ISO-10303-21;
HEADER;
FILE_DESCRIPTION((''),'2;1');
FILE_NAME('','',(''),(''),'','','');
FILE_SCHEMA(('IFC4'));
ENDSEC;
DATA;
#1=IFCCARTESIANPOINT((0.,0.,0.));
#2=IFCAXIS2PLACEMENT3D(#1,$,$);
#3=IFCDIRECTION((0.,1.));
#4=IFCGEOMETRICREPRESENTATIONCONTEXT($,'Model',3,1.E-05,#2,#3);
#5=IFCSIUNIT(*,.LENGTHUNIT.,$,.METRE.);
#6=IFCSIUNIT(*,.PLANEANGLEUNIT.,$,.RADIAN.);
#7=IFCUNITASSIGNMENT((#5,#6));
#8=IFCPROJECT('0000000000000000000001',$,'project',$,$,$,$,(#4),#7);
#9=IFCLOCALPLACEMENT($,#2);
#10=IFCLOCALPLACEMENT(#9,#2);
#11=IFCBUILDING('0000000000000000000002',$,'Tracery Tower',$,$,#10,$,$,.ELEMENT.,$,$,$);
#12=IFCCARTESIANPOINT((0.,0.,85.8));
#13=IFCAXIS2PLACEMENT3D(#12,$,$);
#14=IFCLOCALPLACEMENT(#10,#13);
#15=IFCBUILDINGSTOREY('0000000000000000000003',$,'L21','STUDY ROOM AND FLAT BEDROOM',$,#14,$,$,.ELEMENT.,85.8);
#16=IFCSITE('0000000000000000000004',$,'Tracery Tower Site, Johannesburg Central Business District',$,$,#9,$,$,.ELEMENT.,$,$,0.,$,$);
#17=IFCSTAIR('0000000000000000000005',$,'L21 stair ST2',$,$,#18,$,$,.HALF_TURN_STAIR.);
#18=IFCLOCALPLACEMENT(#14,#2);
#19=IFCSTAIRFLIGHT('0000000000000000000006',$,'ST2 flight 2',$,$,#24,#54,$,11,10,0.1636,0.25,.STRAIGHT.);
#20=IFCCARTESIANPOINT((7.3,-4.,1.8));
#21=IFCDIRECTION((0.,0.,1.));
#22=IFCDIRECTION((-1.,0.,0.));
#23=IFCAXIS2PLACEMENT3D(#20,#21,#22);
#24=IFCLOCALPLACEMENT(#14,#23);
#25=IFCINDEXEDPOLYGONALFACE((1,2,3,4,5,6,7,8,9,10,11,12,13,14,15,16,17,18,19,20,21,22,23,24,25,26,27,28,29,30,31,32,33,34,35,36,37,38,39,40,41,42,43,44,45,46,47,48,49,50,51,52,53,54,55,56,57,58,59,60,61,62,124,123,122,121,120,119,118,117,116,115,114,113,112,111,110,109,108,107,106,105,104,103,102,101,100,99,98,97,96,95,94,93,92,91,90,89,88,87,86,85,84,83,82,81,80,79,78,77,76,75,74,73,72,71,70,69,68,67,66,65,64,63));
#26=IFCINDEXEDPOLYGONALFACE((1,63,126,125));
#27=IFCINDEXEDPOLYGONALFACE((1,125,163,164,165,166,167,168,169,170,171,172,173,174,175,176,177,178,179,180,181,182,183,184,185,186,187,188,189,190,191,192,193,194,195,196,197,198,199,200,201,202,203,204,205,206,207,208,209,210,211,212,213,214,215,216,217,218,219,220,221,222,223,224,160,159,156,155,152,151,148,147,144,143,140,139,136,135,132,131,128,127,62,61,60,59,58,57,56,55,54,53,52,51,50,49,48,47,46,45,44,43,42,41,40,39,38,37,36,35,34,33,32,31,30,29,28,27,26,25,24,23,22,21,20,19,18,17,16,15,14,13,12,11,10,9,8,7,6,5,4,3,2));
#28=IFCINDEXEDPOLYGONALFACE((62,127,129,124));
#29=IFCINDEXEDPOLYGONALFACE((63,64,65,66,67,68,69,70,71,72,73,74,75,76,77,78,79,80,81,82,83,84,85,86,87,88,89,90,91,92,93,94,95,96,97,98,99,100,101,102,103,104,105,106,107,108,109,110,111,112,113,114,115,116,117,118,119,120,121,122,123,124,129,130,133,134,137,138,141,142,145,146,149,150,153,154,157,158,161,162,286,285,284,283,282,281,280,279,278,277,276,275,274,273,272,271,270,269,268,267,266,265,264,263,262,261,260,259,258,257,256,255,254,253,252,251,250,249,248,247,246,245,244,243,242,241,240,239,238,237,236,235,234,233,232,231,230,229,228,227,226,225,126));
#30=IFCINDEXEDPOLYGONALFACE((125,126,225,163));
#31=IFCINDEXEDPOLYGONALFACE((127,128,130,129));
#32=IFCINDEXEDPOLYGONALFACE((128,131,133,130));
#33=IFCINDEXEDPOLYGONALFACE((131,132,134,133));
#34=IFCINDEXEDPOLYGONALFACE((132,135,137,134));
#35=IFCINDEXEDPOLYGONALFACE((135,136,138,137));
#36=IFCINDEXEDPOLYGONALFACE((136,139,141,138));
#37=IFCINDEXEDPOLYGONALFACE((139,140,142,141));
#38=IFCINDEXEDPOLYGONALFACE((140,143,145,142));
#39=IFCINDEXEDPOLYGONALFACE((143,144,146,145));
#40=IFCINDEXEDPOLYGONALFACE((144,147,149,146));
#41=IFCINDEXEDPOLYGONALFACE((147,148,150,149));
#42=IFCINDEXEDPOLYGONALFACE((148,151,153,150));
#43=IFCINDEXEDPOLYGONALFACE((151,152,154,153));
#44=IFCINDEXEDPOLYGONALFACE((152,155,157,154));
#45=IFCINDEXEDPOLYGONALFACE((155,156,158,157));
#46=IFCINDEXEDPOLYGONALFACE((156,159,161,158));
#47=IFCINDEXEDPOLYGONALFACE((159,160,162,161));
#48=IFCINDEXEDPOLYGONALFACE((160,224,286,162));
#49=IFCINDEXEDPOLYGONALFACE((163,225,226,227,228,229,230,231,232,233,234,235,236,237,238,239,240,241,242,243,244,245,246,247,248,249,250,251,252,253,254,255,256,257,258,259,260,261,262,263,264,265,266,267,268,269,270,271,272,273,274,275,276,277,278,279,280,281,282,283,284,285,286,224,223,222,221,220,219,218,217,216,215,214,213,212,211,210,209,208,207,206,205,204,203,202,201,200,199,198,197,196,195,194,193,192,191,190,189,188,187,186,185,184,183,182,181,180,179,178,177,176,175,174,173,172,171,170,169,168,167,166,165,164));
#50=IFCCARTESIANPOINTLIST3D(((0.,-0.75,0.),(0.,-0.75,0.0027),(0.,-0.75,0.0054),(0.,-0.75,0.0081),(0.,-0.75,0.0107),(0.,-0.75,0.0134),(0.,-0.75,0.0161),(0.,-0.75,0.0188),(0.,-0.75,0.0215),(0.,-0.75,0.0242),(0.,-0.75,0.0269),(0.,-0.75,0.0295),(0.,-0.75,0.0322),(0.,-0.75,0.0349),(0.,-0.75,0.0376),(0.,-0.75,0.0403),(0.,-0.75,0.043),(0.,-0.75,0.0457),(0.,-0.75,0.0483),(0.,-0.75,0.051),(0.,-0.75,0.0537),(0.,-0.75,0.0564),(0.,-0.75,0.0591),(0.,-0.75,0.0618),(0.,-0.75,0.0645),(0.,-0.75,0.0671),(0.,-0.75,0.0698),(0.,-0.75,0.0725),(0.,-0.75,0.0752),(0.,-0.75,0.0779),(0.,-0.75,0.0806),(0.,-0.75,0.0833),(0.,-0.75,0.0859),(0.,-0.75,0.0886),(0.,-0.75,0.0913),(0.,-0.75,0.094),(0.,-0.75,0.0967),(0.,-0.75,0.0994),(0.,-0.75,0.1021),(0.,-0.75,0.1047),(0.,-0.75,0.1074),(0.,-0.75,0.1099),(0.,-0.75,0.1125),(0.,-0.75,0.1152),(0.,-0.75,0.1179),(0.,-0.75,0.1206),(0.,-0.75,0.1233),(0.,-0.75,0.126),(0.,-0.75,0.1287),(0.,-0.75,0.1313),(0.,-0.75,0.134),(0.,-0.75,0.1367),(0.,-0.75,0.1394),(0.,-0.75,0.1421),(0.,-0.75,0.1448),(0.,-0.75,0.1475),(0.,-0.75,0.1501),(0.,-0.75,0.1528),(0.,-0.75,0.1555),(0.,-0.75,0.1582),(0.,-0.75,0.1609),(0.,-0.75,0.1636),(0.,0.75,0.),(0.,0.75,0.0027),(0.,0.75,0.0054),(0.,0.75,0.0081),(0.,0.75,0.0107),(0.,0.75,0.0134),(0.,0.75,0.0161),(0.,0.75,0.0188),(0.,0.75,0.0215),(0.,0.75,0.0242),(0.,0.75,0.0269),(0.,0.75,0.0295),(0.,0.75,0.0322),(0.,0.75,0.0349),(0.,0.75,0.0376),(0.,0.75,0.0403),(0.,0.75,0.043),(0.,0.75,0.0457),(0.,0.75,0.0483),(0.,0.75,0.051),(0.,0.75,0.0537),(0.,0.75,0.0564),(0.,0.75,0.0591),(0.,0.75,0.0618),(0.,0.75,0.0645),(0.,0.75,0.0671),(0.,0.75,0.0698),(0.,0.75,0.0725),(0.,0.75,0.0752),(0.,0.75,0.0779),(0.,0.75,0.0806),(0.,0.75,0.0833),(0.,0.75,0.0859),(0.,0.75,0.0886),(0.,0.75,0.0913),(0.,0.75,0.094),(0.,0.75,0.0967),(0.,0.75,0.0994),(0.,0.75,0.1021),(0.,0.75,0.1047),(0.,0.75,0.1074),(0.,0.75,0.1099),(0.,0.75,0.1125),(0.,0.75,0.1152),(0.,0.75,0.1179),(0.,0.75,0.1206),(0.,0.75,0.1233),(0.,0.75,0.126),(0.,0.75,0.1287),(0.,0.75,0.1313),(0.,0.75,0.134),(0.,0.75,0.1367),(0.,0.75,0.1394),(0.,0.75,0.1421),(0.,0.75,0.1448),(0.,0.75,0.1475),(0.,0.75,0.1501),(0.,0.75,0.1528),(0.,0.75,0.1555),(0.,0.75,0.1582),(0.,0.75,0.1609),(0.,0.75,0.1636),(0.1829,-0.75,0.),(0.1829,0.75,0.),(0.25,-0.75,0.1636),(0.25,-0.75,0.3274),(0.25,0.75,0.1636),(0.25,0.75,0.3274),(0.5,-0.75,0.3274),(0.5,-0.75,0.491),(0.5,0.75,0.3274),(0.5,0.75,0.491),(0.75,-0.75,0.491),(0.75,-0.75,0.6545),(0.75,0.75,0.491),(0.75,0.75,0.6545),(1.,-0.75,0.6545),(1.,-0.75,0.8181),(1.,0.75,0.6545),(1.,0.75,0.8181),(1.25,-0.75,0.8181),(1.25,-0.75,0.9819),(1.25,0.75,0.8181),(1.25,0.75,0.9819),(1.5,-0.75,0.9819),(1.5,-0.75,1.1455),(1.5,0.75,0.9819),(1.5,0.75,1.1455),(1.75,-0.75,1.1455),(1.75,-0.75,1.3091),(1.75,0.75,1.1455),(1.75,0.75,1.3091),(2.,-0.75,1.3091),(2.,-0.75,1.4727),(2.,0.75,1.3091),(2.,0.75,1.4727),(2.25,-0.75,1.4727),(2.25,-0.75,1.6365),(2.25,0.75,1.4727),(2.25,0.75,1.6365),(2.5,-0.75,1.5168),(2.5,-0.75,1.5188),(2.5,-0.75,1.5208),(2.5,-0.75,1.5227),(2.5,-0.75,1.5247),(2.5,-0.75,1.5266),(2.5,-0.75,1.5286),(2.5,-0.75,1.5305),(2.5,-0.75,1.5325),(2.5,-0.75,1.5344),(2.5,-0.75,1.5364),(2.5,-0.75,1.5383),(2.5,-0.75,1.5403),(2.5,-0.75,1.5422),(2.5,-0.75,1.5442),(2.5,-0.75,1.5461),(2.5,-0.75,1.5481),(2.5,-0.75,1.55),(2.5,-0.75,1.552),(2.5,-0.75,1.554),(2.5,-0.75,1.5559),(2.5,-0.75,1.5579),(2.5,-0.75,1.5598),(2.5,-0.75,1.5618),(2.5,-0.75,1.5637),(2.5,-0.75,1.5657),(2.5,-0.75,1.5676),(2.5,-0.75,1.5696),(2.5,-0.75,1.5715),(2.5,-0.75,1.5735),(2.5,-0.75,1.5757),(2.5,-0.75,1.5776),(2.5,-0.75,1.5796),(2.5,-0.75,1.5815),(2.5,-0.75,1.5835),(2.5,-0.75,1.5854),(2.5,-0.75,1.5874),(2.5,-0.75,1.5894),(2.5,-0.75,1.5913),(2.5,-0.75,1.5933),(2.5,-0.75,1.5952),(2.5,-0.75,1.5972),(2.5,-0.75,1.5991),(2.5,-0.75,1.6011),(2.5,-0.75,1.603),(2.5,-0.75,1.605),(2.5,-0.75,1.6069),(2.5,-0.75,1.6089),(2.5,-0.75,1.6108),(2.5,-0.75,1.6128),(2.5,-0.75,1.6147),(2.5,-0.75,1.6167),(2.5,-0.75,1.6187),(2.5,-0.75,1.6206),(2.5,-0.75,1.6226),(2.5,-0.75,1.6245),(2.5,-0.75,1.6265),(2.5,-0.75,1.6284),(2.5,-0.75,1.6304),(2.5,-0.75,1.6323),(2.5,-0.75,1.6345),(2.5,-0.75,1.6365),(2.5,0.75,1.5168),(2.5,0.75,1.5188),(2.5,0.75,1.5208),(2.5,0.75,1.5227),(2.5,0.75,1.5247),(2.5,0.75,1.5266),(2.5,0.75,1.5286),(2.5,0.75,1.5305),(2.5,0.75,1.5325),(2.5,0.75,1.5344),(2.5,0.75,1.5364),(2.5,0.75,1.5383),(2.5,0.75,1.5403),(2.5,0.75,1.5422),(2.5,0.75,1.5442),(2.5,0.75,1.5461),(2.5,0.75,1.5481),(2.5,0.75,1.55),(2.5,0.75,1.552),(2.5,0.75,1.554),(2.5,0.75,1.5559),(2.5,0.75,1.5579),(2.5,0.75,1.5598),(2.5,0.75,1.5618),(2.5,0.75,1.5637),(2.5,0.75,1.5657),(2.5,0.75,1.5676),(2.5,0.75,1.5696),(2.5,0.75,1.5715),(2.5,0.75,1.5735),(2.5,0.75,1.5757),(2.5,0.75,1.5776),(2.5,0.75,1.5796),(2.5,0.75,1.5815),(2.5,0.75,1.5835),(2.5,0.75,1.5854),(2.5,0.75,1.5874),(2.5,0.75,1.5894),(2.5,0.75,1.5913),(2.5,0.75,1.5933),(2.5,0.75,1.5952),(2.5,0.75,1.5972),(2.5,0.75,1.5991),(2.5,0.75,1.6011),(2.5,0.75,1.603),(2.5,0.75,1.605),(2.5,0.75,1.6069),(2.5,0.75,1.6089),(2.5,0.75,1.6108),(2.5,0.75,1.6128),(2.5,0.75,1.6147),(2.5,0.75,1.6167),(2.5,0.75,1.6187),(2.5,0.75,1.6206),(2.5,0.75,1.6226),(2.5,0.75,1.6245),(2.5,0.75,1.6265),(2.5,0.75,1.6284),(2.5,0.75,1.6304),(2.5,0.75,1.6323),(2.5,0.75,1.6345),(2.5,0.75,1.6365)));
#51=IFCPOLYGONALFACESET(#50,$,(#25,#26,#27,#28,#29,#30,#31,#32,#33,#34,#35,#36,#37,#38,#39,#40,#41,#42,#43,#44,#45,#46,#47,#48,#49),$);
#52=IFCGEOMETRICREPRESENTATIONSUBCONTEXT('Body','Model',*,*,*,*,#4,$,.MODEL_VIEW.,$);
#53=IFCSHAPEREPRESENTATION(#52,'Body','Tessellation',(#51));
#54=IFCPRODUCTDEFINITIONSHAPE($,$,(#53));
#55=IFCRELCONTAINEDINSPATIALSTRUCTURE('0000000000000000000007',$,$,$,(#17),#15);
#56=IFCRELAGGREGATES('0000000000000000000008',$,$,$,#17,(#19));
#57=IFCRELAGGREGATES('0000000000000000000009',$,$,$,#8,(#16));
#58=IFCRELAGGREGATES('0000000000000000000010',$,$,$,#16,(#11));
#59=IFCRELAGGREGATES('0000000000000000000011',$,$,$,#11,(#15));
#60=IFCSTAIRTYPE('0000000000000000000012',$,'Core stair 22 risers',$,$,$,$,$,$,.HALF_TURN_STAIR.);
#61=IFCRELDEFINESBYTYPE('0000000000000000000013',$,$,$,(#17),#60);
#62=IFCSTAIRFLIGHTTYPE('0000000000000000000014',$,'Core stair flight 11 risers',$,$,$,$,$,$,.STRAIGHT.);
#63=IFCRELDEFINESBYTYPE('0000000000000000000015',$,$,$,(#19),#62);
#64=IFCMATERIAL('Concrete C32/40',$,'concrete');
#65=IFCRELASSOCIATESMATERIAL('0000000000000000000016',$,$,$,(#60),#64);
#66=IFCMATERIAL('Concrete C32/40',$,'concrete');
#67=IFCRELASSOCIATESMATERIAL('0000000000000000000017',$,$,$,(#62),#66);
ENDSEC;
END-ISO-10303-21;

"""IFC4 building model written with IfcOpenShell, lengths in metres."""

from ifc_helpers import new_model, si_unit, direction, frame, origin, place, context, subcontext, project, spatial, polyline, outline, extrude, material, type_object, element, aggregate, save


model = new_model("IFC4")

# Units and contexts
model_context = context("Model", 3, precision=1e-05, world=origin(), true_north=direction((0.0, 1.0)))
body_context = subcontext(model_context, "Body", "Model", "MODEL_VIEW")
ifc_project = project(units=[si_unit("LENGTHUNIT", "METRE"), si_unit("PLANEANGLEUNIT", "RADIAN")], contexts=[model_context])

# Site, building, storey
site_placement = place(None, origin())
site = spatial("IfcSite", under=ifc_project, at=site_placement, Name="Tracery Tower Site, Johannesburg Central Business District", CompositionType="ELEMENT", RefElevation=0.0)
building_placement = place(site_placement, origin())
building = spatial("IfcBuilding", under=site, at=building_placement, Name="Tracery Tower", CompositionType="ELEMENT")
storey_placement = place(building_placement, frame((0.0, 0.0, 85.8)))
storey = spatial("IfcBuildingStorey", under=building, at=storey_placement, Name="L21", Description="STUDY ROOM AND FLAT BEDROOM", CompositionType="ELEMENT", Elevation=85.8)

# Stair
ifc_material_1 = material(Name="Concrete C32/40", Category="concrete")
stair_type = type_object("IfcStairType", Name="Core stair 22 risers", PredefinedType="HALF_TURN_STAIR", material=ifc_material_1)
stair_1_placement = place(storey_placement, origin())
stair_1 = element("IfcStair", 1, at=stair_1_placement, inside=storey, type_object=stair_type, Name="L21 stair ST2", PredefinedType="HALF_TURN_STAIR")

# Stair flight
ifc_material_2 = material(Name="Concrete C32/40", Category="concrete")
stair_flight_type = type_object("IfcStairFlightType", Name="Core stair flight 11 risers", PredefinedType="STRAIGHT", material=ifc_material_2)
stair_flight_1_placement = place(storey_placement, frame((7.3, -4.0, 1.8), z_axis=(0.0, 0.0, 1.0), x_axis=(-1.0, 0.0, 0.0)))
stair_flight_1 = element("IfcStairFlight", 2, at=stair_flight_1_placement, type_object=stair_flight_type, Name="ST2 flight 2", NumberOfRisers=11, NumberOfTreads=10, PredefinedType="STRAIGHT", RiserHeight=0.1636, TreadLength=0.25, context=body_context, shape_type="SweptSolid", body=[
    extrude(outline(polyline([(0.0, 0.0), (0.0, 0.0027), (0.0, 0.0054), (0.0, 0.0081), (0.0, 0.0107), (0.0, 0.0134), (0.0, 0.0161), (0.0, 0.0188), (0.0, 0.0215), (0.0, 0.0242), (0.0, 0.0269), (0.0, 0.0295), (0.0, 0.0322), (0.0, 0.0349), (0.0, 0.0376), (0.0, 0.0403), (0.0, 0.043), (0.0, 0.0457), (0.0, 0.0483), (0.0, 0.051), (0.0, 0.0537), (0.0, 0.0564), (0.0, 0.0591), (0.0, 0.0618), (0.0, 0.0645), (0.0, 0.0671), (0.0, 0.0698), (0.0, 0.0725), (0.0, 0.0752), (0.0, 0.0779), (0.0, 0.0806), (0.0, 0.0833), (0.0, 0.0859), (0.0, 0.0886), (0.0, 0.0913), (0.0, 0.094), (0.0, 0.0967), (0.0, 0.0994), (0.0, 0.1021), (0.0, 0.1047), (0.0, 0.1074), (0.0, 0.1099), (0.0, 0.1125), (0.0, 0.1152), (0.0, 0.1179), (0.0, 0.1206), (0.0, 0.1233), (0.0, 0.126), (0.0, 0.1287), (0.0, 0.1313), (0.0, 0.134), (0.0, 0.1367), (0.0, 0.1394), (0.0, 0.1421), (0.0, 0.1448), (0.0, 0.1475), (0.0, 0.1501), (0.0, 0.1528), (0.0, 0.1555), (0.0, 0.1582), (0.0, 0.1609), (0.0, 0.1636), (0.25, 0.1636), (0.25, 0.3274), (0.5, 0.3274), (0.5, 0.491), (0.75, 0.491), (0.75, 0.6545), (1.0, 0.6545), (1.0, 0.8181), (1.25, 0.8181), (1.25, 0.9819), (1.5, 0.9819), (1.5, 1.1455), (1.75, 1.1455), (1.75, 1.3091), (2.0, 1.3091), (2.0, 1.4727), (2.25, 1.4727), (2.25, 1.6365), (2.5, 1.6365), (2.5, 1.6345), (2.5, 1.6323), (2.5, 1.6304), (2.5, 1.6284), (2.5, 1.6265), (2.5, 1.6245), (2.5, 1.6226), (2.5, 1.6206), (2.5, 1.6187), (2.5, 1.6167), (2.5, 1.6147), (2.5, 1.6128), (2.5, 1.6108), (2.5, 1.6089), (2.5, 1.6069), (2.5, 1.605), (2.5, 1.603), (2.5, 1.6011), (2.5, 1.5991), (2.5, 1.5972), (2.5, 1.5952), (2.5, 1.5933), (2.5, 1.5913), (2.5, 1.5894), (2.5, 1.5874), (2.5, 1.5854), (2.5, 1.5835), (2.5, 1.5815), (2.5, 1.5796), (2.5, 1.5776), (2.5, 1.5757), (2.5, 1.5735), (2.5, 1.5715), (2.5, 1.5696), (2.5, 1.5676), (2.5, 1.5657), (2.5, 1.5637), (2.5, 1.5618), (2.5, 1.5598), (2.5, 1.5579), (2.5, 1.5559), (2.5, 1.554), (2.5, 1.552), (2.5, 1.55), (2.5, 1.5481), (2.5, 1.5461), (2.5, 1.5442), (2.5, 1.5422), (2.5, 1.5403), (2.5, 1.5383), (2.5, 1.5364), (2.5, 1.5344), (2.5, 1.5325), (2.5, 1.5305), (2.5, 1.5286), (2.5, 1.5266), (2.5, 1.5247), (2.5, 1.5227), (2.5, 1.5208), (2.5, 1.5188), (2.5, 1.5168), (0.1829, 0.0), (0.0, 0.0)])), frame((0.0, 0.75, 0.0), z_axis=(0.0, -1.0, 0.0), x_axis=(1.0, 0.0, 0.0)), (0.0, 0.0, 1.0), 1.5),
])
aggregate(stair_1, [stair_flight_1])

save(model, "model.ifc")
